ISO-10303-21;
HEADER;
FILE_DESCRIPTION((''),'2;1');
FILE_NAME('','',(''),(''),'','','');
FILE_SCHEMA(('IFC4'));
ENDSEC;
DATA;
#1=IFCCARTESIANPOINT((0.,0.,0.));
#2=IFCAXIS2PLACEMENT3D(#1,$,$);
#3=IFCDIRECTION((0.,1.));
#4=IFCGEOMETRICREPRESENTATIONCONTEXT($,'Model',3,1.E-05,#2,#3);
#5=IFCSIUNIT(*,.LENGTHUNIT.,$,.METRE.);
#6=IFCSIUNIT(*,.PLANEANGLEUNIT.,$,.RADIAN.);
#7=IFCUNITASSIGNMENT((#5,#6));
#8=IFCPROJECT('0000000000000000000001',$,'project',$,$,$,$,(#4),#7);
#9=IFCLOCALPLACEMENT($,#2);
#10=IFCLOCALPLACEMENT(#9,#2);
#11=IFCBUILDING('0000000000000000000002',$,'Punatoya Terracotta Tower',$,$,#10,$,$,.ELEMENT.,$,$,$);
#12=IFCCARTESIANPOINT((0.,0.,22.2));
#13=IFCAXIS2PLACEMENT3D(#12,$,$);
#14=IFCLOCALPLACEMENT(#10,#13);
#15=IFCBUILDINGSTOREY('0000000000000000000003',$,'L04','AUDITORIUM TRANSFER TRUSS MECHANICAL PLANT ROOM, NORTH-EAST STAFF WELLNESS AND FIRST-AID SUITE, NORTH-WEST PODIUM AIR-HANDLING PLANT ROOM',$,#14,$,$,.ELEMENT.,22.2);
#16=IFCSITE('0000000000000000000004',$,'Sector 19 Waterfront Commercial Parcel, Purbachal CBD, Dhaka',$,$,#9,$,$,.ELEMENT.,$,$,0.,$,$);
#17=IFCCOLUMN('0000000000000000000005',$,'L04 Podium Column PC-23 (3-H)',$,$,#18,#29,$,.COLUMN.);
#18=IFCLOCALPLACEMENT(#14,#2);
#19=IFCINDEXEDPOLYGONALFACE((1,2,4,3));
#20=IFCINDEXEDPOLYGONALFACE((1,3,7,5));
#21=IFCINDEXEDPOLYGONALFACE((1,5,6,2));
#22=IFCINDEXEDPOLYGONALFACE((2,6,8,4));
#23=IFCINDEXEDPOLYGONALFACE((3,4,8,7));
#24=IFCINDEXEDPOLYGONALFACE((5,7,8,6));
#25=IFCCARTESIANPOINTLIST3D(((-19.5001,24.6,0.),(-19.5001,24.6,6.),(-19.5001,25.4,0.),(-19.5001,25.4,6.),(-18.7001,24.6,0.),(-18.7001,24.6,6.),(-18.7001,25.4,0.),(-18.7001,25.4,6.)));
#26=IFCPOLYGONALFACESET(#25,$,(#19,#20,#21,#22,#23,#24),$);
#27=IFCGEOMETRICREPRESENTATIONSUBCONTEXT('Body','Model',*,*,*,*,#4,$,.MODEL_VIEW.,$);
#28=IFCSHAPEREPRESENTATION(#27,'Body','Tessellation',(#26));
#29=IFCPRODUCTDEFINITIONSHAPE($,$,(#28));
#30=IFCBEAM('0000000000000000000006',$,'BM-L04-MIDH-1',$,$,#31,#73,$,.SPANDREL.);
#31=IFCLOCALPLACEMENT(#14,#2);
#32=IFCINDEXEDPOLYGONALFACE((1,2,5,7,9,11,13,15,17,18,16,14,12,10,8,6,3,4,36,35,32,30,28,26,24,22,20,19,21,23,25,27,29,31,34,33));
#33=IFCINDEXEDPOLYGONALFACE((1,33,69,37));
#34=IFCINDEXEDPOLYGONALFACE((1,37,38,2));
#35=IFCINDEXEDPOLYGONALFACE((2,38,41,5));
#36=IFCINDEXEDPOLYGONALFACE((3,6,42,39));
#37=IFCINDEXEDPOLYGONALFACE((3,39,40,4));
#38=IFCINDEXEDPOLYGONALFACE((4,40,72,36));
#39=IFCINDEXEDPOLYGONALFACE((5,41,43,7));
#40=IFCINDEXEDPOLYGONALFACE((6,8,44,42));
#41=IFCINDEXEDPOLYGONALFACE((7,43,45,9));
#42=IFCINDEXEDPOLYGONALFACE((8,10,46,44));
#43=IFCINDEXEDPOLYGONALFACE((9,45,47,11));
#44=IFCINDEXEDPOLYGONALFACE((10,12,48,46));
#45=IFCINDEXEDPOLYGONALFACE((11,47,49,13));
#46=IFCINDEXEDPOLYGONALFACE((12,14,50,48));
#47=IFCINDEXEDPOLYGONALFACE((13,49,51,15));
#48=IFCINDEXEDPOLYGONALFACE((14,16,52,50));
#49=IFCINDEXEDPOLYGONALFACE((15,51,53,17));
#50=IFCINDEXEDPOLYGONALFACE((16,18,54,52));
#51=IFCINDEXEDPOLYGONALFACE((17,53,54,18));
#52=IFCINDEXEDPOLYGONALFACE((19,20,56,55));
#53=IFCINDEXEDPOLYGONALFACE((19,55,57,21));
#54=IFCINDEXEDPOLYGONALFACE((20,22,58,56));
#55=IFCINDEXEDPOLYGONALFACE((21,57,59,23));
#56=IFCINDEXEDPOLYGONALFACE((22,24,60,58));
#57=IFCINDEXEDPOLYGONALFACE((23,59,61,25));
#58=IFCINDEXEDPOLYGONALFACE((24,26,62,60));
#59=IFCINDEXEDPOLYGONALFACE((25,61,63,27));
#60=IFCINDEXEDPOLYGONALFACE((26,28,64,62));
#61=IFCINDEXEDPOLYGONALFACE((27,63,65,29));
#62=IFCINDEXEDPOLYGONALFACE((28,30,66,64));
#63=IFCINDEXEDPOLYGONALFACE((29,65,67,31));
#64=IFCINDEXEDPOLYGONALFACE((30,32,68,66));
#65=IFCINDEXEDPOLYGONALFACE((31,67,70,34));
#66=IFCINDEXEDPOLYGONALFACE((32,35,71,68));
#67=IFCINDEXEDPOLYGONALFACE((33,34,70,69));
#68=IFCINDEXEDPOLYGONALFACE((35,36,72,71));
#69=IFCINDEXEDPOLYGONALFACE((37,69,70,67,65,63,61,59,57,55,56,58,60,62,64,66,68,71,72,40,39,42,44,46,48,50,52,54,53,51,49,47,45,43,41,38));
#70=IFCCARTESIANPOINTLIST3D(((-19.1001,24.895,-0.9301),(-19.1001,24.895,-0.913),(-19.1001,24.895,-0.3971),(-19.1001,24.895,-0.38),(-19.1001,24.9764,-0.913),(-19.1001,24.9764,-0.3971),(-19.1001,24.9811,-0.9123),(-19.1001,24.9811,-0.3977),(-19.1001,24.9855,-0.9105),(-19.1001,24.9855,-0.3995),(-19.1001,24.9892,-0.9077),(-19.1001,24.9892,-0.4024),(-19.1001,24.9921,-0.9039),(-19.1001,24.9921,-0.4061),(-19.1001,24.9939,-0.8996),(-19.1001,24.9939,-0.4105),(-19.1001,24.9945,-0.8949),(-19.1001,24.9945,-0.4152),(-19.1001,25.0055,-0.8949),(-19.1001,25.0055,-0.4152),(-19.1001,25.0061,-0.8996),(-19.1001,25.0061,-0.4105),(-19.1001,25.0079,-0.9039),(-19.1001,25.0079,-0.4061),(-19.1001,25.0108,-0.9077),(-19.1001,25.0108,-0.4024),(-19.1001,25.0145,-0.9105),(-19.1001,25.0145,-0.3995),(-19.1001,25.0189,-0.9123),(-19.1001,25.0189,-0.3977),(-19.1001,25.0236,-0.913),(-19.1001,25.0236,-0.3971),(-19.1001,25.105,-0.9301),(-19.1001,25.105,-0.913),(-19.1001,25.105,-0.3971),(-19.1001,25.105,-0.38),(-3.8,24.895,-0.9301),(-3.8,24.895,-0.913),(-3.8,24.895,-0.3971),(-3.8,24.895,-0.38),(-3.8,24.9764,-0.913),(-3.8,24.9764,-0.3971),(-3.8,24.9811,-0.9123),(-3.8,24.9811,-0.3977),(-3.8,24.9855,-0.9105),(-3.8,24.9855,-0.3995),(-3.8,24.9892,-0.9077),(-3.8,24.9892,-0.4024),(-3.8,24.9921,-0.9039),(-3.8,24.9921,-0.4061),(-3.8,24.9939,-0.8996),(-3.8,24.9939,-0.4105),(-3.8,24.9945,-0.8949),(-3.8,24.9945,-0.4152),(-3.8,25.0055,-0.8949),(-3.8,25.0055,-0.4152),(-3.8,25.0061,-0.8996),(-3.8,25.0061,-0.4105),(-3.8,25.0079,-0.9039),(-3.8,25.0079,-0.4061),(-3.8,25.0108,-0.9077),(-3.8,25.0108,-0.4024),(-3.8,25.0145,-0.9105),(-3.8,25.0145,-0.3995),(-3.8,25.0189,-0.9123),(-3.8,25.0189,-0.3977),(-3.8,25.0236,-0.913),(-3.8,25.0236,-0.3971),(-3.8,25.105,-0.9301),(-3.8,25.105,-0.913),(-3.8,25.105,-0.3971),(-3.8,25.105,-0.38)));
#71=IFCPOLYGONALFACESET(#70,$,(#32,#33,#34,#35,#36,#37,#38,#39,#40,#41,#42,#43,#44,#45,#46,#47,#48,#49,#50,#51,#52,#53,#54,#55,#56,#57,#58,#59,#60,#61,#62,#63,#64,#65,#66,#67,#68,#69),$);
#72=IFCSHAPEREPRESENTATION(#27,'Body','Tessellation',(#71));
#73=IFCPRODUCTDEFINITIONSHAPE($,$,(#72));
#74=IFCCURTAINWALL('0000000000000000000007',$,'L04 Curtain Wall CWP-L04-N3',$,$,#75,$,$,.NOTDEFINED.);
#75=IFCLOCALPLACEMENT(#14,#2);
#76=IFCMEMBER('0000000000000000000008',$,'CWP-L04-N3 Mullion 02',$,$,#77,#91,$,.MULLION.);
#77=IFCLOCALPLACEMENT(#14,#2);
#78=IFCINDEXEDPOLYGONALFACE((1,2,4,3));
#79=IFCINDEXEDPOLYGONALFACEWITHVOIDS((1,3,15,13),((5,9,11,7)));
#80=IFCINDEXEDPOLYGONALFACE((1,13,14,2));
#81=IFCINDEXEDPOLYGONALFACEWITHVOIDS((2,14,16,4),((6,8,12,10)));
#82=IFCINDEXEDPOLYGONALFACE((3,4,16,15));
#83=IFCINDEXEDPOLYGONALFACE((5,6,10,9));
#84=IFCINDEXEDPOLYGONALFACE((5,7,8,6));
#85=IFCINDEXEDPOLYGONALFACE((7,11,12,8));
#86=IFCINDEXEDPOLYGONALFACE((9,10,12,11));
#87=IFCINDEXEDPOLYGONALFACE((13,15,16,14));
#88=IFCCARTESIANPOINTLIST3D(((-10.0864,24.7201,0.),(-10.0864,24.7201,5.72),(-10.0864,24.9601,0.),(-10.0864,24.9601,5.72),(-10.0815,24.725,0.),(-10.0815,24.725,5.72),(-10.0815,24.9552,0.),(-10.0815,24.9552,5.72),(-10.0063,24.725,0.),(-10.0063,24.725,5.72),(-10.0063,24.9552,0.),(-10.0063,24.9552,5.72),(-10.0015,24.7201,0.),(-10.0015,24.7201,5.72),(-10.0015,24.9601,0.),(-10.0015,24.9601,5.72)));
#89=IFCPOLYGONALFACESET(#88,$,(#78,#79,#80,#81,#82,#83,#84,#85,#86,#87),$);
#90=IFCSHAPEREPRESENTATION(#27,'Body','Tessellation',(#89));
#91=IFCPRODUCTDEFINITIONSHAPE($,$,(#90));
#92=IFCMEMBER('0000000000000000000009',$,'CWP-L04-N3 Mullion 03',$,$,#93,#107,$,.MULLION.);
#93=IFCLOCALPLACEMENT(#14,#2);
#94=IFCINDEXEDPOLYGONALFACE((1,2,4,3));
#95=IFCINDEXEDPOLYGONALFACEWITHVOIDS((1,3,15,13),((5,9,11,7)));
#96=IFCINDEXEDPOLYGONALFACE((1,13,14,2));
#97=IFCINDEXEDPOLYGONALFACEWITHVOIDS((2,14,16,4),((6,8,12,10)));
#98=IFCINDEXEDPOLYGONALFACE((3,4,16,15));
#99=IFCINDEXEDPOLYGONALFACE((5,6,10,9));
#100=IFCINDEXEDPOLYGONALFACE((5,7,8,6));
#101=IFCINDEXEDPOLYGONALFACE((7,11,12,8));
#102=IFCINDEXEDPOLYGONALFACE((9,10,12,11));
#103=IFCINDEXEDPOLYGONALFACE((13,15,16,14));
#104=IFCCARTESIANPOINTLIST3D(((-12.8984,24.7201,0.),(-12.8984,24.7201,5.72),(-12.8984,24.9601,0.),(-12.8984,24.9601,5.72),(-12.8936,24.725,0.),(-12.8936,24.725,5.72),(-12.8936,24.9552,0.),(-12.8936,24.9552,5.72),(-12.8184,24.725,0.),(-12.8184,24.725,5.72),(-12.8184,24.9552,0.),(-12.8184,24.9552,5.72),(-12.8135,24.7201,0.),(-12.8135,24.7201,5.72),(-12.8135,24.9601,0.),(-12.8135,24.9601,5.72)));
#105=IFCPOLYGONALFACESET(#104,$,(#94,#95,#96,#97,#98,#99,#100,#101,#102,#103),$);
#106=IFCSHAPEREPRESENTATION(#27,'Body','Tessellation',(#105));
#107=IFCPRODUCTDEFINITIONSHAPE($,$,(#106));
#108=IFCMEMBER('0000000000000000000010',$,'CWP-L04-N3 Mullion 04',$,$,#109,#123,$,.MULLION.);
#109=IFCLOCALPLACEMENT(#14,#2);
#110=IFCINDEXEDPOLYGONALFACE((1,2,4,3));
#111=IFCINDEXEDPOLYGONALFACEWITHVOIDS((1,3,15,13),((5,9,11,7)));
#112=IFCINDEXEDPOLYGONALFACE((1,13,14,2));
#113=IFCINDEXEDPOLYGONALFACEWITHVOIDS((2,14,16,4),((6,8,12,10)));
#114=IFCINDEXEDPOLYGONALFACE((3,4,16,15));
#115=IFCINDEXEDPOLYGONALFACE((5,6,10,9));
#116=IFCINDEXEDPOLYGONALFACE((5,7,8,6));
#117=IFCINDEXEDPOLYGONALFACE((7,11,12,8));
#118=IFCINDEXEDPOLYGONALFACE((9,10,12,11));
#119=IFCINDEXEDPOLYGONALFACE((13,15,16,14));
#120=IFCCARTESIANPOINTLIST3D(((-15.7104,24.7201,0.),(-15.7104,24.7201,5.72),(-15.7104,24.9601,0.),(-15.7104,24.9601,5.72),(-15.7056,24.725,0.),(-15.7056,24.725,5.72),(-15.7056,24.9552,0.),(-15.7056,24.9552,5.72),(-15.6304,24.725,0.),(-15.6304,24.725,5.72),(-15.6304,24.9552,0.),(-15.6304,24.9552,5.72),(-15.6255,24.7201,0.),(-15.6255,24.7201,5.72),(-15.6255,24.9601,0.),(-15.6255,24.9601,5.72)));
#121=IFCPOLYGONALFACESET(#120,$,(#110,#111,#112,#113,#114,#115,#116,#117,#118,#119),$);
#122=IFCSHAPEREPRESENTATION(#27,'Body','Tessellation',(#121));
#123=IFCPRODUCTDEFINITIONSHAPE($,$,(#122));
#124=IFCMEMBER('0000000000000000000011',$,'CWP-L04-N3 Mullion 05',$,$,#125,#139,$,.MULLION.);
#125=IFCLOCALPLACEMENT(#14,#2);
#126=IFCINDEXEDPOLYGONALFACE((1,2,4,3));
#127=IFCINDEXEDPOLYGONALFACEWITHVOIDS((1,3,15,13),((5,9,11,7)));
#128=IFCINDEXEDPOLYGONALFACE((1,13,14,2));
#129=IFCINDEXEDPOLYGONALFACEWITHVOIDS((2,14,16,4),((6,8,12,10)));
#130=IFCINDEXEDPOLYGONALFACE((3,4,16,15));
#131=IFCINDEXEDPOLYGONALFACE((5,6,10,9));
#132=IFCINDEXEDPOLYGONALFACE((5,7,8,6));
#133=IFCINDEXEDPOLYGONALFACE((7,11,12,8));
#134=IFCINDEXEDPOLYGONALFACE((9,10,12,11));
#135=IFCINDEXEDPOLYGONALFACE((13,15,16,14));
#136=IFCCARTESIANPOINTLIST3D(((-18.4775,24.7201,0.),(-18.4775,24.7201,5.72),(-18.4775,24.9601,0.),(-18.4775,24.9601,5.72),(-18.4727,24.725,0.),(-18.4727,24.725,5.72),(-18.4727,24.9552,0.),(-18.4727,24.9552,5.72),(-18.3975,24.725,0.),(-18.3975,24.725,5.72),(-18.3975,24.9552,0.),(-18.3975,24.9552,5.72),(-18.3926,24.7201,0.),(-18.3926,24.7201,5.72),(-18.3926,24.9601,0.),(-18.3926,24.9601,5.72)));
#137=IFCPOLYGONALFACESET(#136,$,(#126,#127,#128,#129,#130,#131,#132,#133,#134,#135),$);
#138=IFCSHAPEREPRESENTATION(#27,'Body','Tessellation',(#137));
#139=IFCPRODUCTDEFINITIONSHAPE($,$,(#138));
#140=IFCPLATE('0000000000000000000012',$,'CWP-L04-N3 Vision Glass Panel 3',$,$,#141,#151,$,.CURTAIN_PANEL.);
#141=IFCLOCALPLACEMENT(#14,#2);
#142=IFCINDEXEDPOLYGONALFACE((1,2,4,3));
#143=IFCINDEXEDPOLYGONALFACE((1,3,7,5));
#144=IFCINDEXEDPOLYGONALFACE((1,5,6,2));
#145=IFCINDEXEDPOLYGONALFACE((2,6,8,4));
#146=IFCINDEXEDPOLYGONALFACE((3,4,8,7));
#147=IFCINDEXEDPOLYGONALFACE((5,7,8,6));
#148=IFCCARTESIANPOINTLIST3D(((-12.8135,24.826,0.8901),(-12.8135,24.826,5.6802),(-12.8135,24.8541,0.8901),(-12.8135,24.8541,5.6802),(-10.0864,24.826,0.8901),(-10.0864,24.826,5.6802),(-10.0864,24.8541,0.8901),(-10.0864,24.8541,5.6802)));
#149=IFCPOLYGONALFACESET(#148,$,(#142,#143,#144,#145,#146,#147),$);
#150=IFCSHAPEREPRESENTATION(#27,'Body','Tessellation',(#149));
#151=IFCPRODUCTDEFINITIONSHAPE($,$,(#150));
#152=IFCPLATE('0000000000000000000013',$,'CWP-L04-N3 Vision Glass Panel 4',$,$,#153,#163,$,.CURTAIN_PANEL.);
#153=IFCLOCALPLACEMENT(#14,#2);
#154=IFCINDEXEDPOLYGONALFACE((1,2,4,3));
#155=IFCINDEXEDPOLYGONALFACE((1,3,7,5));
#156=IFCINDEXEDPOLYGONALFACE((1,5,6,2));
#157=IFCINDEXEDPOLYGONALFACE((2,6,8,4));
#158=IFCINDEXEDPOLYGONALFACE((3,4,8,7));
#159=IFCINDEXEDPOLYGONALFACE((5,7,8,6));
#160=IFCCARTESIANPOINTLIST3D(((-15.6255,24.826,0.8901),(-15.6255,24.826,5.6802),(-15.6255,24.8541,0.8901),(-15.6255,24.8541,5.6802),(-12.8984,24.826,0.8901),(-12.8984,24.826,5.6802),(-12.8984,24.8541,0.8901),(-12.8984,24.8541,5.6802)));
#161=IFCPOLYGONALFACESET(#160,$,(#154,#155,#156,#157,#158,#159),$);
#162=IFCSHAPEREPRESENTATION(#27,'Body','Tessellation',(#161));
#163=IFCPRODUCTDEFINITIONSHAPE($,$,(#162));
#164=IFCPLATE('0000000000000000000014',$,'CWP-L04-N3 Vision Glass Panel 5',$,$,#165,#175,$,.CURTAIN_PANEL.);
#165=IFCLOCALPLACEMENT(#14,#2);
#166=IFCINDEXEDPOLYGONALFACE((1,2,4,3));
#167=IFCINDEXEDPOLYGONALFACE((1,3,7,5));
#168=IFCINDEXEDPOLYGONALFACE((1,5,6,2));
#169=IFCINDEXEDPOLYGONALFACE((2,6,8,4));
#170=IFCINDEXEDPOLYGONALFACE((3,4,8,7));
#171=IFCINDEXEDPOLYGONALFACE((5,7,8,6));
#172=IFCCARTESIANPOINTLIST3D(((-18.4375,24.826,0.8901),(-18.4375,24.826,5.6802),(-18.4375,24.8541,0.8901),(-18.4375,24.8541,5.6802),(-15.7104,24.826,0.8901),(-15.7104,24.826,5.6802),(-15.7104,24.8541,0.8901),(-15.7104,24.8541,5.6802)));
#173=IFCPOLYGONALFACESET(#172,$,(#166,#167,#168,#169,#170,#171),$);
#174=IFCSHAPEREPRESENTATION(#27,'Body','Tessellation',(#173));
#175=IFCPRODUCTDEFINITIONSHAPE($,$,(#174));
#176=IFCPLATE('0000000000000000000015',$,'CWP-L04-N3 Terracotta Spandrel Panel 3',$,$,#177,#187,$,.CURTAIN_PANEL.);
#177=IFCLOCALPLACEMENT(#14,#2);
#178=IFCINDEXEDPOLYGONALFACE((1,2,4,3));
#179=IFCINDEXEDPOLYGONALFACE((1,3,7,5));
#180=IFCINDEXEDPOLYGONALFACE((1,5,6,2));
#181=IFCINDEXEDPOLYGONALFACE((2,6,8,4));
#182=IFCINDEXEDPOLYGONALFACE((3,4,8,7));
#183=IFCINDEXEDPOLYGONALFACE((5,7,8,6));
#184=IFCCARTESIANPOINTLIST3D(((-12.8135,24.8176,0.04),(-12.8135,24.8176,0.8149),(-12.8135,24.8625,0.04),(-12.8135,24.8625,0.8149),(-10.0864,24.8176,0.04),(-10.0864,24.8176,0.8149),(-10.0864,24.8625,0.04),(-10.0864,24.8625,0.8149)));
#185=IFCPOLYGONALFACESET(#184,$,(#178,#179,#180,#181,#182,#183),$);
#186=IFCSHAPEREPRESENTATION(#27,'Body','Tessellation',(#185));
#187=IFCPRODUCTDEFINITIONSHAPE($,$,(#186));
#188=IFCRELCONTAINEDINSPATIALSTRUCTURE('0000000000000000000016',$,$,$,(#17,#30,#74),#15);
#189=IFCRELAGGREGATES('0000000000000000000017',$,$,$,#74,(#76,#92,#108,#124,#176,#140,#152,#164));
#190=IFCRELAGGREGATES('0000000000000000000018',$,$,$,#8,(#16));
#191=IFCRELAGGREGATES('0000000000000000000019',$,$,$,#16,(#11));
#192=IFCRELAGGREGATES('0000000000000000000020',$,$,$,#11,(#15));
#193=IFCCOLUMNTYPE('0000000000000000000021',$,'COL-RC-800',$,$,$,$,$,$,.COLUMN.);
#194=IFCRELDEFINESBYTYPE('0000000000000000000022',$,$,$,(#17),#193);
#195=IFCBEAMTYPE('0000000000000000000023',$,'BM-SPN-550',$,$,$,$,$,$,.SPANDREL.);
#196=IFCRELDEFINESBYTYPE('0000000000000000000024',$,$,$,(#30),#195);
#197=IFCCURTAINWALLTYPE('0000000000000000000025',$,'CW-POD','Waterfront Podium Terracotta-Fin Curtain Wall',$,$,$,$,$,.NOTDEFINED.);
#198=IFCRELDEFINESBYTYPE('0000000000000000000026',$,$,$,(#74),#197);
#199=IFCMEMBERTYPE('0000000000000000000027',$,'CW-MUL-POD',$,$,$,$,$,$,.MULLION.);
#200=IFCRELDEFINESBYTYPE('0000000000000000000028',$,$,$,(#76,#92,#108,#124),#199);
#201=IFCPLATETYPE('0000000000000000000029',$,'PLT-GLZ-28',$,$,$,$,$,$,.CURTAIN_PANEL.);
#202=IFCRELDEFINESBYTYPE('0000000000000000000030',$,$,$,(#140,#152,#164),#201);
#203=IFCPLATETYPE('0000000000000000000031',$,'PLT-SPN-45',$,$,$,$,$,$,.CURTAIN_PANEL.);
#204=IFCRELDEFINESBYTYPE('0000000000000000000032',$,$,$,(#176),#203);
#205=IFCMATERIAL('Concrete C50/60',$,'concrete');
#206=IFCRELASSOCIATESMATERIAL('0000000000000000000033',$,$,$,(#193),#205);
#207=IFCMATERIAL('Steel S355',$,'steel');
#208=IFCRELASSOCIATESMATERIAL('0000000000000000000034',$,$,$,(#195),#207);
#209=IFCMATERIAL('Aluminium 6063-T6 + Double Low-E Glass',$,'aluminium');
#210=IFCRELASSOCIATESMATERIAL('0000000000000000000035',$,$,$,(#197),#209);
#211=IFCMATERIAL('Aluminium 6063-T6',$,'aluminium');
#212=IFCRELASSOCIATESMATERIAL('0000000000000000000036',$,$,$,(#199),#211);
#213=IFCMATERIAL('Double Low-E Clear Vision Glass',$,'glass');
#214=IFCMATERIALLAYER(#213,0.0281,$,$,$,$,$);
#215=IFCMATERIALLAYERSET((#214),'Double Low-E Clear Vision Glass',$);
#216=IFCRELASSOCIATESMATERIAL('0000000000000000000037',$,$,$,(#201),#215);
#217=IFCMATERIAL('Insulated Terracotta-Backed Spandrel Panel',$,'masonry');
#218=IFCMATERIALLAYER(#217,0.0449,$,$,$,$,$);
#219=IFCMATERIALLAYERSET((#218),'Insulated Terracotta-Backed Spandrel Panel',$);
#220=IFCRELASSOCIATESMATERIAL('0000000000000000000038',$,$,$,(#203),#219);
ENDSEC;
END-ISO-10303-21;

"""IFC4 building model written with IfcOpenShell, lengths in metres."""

from ifc_helpers import new_model, si_unit, direction, frame, origin, origin_2d, place, context, subcontext, project, spatial, rectangle, hollow_rectangle, i_section, extrude, material, layer, layer_set, material_profile, profile_set, type_object, element, aggregate, save


model = new_model("IFC4")

# Units and contexts
model_context = context("Model", 3, precision=1e-05, world=origin(), true_north=direction((0.0, 1.0)))
body_context = subcontext(model_context, "Body", "Model", "MODEL_VIEW")
ifc_project = project(units=[si_unit("LENGTHUNIT", "METRE"), si_unit("PLANEANGLEUNIT", "RADIAN")], contexts=[model_context])

# Site, building, storey
site_placement = place(None, origin())
site = spatial("IfcSite", under=ifc_project, at=site_placement, Name="Sector 19 Waterfront Commercial Parcel, Purbachal CBD, Dhaka", CompositionType="ELEMENT", RefElevation=0.0)
building_placement = place(site_placement, origin())
building = spatial("IfcBuilding", under=site, at=building_placement, Name="Punatoya Terracotta Tower", CompositionType="ELEMENT")
storey_placement = place(building_placement, frame((0.0, 0.0, 22.2)))
storey = spatial("IfcBuildingStorey", under=building, at=storey_placement, Name="L04", Description="AUDITORIUM TRANSFER TRUSS MECHANICAL PLANT ROOM, NORTH-EAST STAFF WELLNESS AND FIRST-AID SUITE, NORTH-WEST PODIUM AIR-HANDLING PLANT ROOM", CompositionType="ELEMENT", Elevation=22.2)

# Column
ifc_material_1 = material(Name="Concrete C50/60", Category="concrete")
ifc_material_profile_1 = material_profile(ifc_material_1, rectangle(XDim=0.8, YDim=0.8, at=origin_2d()))
ifc_profile_set_1 = profile_set([ifc_material_profile_1], Name="Concrete C50/60")
column_type = type_object("IfcColumnType", Name="COL-RC-800", PredefinedType="COLUMN", material=ifc_profile_set_1)
column_placement = place(storey_placement, frame((-19.1001, 25.0, 0.0), z_axis=(0.0, 0.0, 1.0), x_axis=(1.0, 0.0, 0.0)))
element("IfcColumn", 1, at=column_placement, inside=storey, type_object=column_type, Name="L04 Podium Column PC-23 (3-H)", PredefinedType="COLUMN", context=body_context, shape_type="SweptSolid", body=[
    extrude(rectangle(XDim=0.8, YDim=0.8, at=origin_2d()), origin(), (0.0, 0.0, 1.0), 6.0),
])

# Beam
ifc_material_2 = material(Name="Steel S355", Category="steel")
ifc_material_profile_2 = material_profile(ifc_material_2, i_section(OverallWidth=0.21, OverallDepth=0.55, WebThickness=0.011, FlangeThickness=0.0171, FilletRadius=0.0181, at=origin_2d()))
ifc_profile_set_2 = profile_set([ifc_material_profile_2], Name="Steel S355")
beam_type = type_object("IfcBeamType", Name="BM-SPN-550", PredefinedType="SPANDREL", material=ifc_profile_set_2)
beam_placement = place(storey_placement, frame((-19.1001, 25.0, -0.655), z_axis=(1.0, 0.0, 0.0), x_axis=(0.0, 1.0, 0.0)))
element("IfcBeam", 2, at=beam_placement, inside=storey, type_object=beam_type, Name="BM-L04-MIDH-1", PredefinedType="SPANDREL", context=body_context, shape_type="SweptSolid", body=[
    extrude(i_section(OverallWidth=0.21, OverallDepth=0.55, WebThickness=0.011, FlangeThickness=0.0171, FilletRadius=0.0181, at=origin_2d()), origin(), (0.0, 0.0, 1.0), 15.3),
])

# Curtain wall, members, plates
ifc_material_3 = material(Name="Aluminium 6063-T6 + Double Low-E Glass", Category="aluminium")
curtain_wall_type = type_object("IfcCurtainWallType", Name="CW-POD", Description="Waterfront Podium Terracotta-Fin Curtain Wall", PredefinedType="NOTDEFINED", material=ifc_material_3)
curtain_wall_placement = place(storey_placement, origin())
curtain_wall = element("IfcCurtainWall", 3, at=curtain_wall_placement, inside=storey, type_object=curtain_wall_type, Name="L04 Curtain Wall CWP-L04-N3", PredefinedType="NOTDEFINED")
ifc_material_4 = material(Name="Aluminium 6063-T6", Category="aluminium")
ifc_material_profile_3 = material_profile(ifc_material_4, hollow_rectangle(XDim=0.085, YDim=0.24, WallThickness=0.0049, at=origin_2d()))
ifc_profile_set_3 = profile_set([ifc_material_profile_3], Name="Aluminium 6063-T6")
member_type = type_object("IfcMemberType", Name="CW-MUL-POD", PredefinedType="MULLION", material=ifc_profile_set_3)
member_1_placement = place(storey_placement, frame((-10.0439, 24.8401, 0.0), z_axis=(0.0, 0.0, 1.0), x_axis=(1.0, 0.0, 0.0)))
member_1 = element("IfcMember", 4, at=member_1_placement, type_object=member_type, Name="CWP-L04-N3 Mullion 02", PredefinedType="MULLION", context=body_context, shape_type="SweptSolid", body=[
    extrude(hollow_rectangle(XDim=0.085, YDim=0.24, WallThickness=0.0049, at=origin_2d()), origin(), (0.0, 0.0, 1.0), 5.72),
])
member_2_placement = place(storey_placement, frame((-12.856, 24.8401, 0.0), z_axis=(0.0, 0.0, 1.0), x_axis=(1.0, 0.0, 0.0)))
member_2 = element("IfcMember", 5, at=member_2_placement, type_object=member_type, Name="CWP-L04-N3 Mullion 03", PredefinedType="MULLION", context=body_context, shape_type="SweptSolid", body=[
    extrude(hollow_rectangle(XDim=0.085, YDim=0.24, WallThickness=0.0049, at=origin_2d()), origin(), (0.0, 0.0, 1.0), 5.72),
])
member_3_placement = place(storey_placement, frame((-15.668, 24.8401, 0.0), z_axis=(0.0, 0.0, 1.0), x_axis=(1.0, 0.0, 0.0)))
member_3 = element("IfcMember", 6, at=member_3_placement, type_object=member_type, Name="CWP-L04-N3 Mullion 04", PredefinedType="MULLION", context=body_context, shape_type="SweptSolid", body=[
    extrude(hollow_rectangle(XDim=0.085, YDim=0.24, WallThickness=0.0049, at=origin_2d()), origin(), (0.0, 0.0, 1.0), 5.72),
])
member_4_placement = place(storey_placement, frame((-18.4351, 24.8401, 0.0), z_axis=(0.0, 0.0, 1.0), x_axis=(1.0, 0.0, 0.0)))
member_4 = element("IfcMember", 7, at=member_4_placement, type_object=member_type, Name="CWP-L04-N3 Mullion 05", PredefinedType="MULLION", context=body_context, shape_type="SweptSolid", body=[
    extrude(hollow_rectangle(XDim=0.085, YDim=0.24, WallThickness=0.0049, at=origin_2d()), origin(), (0.0, 0.0, 1.0), 5.72),
])
ifc_material_5 = material(Name="Double Low-E Clear Vision Glass", Category="glass")
ifc_layer_1 = layer(ifc_material_5, 0.0281)
ifc_layer_set_1 = layer_set([ifc_layer_1], Name="Double Low-E Clear Vision Glass")
plate_type_1 = type_object("IfcPlateType", Name="PLT-GLZ-28", PredefinedType="CURTAIN_PANEL", material=ifc_layer_set_1)
plate_1_placement = place(storey_placement, frame((-11.45, 24.8401, 0.8901), z_axis=(0.0, 0.0, 1.0), x_axis=(-1.0, 0.0, 0.0)))
plate_1 = element("IfcPlate", 8, at=plate_1_placement, type_object=plate_type_1, Name="CWP-L04-N3 Vision Glass Panel 3", PredefinedType="CURTAIN_PANEL", context=body_context, shape_type="SweptSolid", body=[
    extrude(rectangle(XDim=2.7271, YDim=0.0281, at=origin_2d()), origin(), (0.0, 0.0, 1.0), 4.79),
])
plate_2_placement = place(storey_placement, frame((-14.262, 24.8401, 0.8901), z_axis=(0.0, 0.0, 1.0), x_axis=(-1.0, 0.0, 0.0)))
plate_2 = element("IfcPlate", 9, at=plate_2_placement, type_object=plate_type_1, Name="CWP-L04-N3 Vision Glass Panel 4", PredefinedType="CURTAIN_PANEL", context=body_context, shape_type="SweptSolid", body=[
    extrude(rectangle(XDim=2.7271, YDim=0.0281, at=origin_2d()), origin(), (0.0, 0.0, 1.0), 4.79),
])
plate_3_placement = place(storey_placement, frame((-17.074, 24.8401, 0.8901), z_axis=(0.0, 0.0, 1.0), x_axis=(-1.0, 0.0, 0.0)))
plate_3 = element("IfcPlate", 10, at=plate_3_placement, type_object=plate_type_1, Name="CWP-L04-N3 Vision Glass Panel 5", PredefinedType="CURTAIN_PANEL", context=body_context, shape_type="SweptSolid", body=[
    extrude(rectangle(XDim=2.7271, YDim=0.0281, at=origin_2d()), origin(), (0.0, 0.0, 1.0), 4.79),
])
ifc_material_6 = material(Name="Insulated Terracotta-Backed Spandrel Panel", Category="masonry")
ifc_layer_2 = layer(ifc_material_6, 0.0449)
ifc_layer_set_2 = layer_set([ifc_layer_2], Name="Insulated Terracotta-Backed Spandrel Panel")
plate_type_2 = type_object("IfcPlateType", Name="PLT-SPN-45", PredefinedType="CURTAIN_PANEL", material=ifc_layer_set_2)
plate_4_placement = place(storey_placement, frame((-11.45, 24.8401, 0.04), z_axis=(0.0, 0.0, 1.0), x_axis=(-1.0, 0.0, 0.0)))
plate_4 = element("IfcPlate", 11, at=plate_4_placement, type_object=plate_type_2, Name="CWP-L04-N3 Terracotta Spandrel Panel 3", PredefinedType="CURTAIN_PANEL", context=body_context, shape_type="SweptSolid", body=[
    extrude(rectangle(XDim=2.7271, YDim=0.0449, at=origin_2d()), origin(), (0.0, 0.0, 1.0), 0.7749),
])
aggregate(curtain_wall, [member_1, member_2, member_3, member_4, plate_4, plate_1, plate_2, plate_3])

save(model, "model.ifc")
